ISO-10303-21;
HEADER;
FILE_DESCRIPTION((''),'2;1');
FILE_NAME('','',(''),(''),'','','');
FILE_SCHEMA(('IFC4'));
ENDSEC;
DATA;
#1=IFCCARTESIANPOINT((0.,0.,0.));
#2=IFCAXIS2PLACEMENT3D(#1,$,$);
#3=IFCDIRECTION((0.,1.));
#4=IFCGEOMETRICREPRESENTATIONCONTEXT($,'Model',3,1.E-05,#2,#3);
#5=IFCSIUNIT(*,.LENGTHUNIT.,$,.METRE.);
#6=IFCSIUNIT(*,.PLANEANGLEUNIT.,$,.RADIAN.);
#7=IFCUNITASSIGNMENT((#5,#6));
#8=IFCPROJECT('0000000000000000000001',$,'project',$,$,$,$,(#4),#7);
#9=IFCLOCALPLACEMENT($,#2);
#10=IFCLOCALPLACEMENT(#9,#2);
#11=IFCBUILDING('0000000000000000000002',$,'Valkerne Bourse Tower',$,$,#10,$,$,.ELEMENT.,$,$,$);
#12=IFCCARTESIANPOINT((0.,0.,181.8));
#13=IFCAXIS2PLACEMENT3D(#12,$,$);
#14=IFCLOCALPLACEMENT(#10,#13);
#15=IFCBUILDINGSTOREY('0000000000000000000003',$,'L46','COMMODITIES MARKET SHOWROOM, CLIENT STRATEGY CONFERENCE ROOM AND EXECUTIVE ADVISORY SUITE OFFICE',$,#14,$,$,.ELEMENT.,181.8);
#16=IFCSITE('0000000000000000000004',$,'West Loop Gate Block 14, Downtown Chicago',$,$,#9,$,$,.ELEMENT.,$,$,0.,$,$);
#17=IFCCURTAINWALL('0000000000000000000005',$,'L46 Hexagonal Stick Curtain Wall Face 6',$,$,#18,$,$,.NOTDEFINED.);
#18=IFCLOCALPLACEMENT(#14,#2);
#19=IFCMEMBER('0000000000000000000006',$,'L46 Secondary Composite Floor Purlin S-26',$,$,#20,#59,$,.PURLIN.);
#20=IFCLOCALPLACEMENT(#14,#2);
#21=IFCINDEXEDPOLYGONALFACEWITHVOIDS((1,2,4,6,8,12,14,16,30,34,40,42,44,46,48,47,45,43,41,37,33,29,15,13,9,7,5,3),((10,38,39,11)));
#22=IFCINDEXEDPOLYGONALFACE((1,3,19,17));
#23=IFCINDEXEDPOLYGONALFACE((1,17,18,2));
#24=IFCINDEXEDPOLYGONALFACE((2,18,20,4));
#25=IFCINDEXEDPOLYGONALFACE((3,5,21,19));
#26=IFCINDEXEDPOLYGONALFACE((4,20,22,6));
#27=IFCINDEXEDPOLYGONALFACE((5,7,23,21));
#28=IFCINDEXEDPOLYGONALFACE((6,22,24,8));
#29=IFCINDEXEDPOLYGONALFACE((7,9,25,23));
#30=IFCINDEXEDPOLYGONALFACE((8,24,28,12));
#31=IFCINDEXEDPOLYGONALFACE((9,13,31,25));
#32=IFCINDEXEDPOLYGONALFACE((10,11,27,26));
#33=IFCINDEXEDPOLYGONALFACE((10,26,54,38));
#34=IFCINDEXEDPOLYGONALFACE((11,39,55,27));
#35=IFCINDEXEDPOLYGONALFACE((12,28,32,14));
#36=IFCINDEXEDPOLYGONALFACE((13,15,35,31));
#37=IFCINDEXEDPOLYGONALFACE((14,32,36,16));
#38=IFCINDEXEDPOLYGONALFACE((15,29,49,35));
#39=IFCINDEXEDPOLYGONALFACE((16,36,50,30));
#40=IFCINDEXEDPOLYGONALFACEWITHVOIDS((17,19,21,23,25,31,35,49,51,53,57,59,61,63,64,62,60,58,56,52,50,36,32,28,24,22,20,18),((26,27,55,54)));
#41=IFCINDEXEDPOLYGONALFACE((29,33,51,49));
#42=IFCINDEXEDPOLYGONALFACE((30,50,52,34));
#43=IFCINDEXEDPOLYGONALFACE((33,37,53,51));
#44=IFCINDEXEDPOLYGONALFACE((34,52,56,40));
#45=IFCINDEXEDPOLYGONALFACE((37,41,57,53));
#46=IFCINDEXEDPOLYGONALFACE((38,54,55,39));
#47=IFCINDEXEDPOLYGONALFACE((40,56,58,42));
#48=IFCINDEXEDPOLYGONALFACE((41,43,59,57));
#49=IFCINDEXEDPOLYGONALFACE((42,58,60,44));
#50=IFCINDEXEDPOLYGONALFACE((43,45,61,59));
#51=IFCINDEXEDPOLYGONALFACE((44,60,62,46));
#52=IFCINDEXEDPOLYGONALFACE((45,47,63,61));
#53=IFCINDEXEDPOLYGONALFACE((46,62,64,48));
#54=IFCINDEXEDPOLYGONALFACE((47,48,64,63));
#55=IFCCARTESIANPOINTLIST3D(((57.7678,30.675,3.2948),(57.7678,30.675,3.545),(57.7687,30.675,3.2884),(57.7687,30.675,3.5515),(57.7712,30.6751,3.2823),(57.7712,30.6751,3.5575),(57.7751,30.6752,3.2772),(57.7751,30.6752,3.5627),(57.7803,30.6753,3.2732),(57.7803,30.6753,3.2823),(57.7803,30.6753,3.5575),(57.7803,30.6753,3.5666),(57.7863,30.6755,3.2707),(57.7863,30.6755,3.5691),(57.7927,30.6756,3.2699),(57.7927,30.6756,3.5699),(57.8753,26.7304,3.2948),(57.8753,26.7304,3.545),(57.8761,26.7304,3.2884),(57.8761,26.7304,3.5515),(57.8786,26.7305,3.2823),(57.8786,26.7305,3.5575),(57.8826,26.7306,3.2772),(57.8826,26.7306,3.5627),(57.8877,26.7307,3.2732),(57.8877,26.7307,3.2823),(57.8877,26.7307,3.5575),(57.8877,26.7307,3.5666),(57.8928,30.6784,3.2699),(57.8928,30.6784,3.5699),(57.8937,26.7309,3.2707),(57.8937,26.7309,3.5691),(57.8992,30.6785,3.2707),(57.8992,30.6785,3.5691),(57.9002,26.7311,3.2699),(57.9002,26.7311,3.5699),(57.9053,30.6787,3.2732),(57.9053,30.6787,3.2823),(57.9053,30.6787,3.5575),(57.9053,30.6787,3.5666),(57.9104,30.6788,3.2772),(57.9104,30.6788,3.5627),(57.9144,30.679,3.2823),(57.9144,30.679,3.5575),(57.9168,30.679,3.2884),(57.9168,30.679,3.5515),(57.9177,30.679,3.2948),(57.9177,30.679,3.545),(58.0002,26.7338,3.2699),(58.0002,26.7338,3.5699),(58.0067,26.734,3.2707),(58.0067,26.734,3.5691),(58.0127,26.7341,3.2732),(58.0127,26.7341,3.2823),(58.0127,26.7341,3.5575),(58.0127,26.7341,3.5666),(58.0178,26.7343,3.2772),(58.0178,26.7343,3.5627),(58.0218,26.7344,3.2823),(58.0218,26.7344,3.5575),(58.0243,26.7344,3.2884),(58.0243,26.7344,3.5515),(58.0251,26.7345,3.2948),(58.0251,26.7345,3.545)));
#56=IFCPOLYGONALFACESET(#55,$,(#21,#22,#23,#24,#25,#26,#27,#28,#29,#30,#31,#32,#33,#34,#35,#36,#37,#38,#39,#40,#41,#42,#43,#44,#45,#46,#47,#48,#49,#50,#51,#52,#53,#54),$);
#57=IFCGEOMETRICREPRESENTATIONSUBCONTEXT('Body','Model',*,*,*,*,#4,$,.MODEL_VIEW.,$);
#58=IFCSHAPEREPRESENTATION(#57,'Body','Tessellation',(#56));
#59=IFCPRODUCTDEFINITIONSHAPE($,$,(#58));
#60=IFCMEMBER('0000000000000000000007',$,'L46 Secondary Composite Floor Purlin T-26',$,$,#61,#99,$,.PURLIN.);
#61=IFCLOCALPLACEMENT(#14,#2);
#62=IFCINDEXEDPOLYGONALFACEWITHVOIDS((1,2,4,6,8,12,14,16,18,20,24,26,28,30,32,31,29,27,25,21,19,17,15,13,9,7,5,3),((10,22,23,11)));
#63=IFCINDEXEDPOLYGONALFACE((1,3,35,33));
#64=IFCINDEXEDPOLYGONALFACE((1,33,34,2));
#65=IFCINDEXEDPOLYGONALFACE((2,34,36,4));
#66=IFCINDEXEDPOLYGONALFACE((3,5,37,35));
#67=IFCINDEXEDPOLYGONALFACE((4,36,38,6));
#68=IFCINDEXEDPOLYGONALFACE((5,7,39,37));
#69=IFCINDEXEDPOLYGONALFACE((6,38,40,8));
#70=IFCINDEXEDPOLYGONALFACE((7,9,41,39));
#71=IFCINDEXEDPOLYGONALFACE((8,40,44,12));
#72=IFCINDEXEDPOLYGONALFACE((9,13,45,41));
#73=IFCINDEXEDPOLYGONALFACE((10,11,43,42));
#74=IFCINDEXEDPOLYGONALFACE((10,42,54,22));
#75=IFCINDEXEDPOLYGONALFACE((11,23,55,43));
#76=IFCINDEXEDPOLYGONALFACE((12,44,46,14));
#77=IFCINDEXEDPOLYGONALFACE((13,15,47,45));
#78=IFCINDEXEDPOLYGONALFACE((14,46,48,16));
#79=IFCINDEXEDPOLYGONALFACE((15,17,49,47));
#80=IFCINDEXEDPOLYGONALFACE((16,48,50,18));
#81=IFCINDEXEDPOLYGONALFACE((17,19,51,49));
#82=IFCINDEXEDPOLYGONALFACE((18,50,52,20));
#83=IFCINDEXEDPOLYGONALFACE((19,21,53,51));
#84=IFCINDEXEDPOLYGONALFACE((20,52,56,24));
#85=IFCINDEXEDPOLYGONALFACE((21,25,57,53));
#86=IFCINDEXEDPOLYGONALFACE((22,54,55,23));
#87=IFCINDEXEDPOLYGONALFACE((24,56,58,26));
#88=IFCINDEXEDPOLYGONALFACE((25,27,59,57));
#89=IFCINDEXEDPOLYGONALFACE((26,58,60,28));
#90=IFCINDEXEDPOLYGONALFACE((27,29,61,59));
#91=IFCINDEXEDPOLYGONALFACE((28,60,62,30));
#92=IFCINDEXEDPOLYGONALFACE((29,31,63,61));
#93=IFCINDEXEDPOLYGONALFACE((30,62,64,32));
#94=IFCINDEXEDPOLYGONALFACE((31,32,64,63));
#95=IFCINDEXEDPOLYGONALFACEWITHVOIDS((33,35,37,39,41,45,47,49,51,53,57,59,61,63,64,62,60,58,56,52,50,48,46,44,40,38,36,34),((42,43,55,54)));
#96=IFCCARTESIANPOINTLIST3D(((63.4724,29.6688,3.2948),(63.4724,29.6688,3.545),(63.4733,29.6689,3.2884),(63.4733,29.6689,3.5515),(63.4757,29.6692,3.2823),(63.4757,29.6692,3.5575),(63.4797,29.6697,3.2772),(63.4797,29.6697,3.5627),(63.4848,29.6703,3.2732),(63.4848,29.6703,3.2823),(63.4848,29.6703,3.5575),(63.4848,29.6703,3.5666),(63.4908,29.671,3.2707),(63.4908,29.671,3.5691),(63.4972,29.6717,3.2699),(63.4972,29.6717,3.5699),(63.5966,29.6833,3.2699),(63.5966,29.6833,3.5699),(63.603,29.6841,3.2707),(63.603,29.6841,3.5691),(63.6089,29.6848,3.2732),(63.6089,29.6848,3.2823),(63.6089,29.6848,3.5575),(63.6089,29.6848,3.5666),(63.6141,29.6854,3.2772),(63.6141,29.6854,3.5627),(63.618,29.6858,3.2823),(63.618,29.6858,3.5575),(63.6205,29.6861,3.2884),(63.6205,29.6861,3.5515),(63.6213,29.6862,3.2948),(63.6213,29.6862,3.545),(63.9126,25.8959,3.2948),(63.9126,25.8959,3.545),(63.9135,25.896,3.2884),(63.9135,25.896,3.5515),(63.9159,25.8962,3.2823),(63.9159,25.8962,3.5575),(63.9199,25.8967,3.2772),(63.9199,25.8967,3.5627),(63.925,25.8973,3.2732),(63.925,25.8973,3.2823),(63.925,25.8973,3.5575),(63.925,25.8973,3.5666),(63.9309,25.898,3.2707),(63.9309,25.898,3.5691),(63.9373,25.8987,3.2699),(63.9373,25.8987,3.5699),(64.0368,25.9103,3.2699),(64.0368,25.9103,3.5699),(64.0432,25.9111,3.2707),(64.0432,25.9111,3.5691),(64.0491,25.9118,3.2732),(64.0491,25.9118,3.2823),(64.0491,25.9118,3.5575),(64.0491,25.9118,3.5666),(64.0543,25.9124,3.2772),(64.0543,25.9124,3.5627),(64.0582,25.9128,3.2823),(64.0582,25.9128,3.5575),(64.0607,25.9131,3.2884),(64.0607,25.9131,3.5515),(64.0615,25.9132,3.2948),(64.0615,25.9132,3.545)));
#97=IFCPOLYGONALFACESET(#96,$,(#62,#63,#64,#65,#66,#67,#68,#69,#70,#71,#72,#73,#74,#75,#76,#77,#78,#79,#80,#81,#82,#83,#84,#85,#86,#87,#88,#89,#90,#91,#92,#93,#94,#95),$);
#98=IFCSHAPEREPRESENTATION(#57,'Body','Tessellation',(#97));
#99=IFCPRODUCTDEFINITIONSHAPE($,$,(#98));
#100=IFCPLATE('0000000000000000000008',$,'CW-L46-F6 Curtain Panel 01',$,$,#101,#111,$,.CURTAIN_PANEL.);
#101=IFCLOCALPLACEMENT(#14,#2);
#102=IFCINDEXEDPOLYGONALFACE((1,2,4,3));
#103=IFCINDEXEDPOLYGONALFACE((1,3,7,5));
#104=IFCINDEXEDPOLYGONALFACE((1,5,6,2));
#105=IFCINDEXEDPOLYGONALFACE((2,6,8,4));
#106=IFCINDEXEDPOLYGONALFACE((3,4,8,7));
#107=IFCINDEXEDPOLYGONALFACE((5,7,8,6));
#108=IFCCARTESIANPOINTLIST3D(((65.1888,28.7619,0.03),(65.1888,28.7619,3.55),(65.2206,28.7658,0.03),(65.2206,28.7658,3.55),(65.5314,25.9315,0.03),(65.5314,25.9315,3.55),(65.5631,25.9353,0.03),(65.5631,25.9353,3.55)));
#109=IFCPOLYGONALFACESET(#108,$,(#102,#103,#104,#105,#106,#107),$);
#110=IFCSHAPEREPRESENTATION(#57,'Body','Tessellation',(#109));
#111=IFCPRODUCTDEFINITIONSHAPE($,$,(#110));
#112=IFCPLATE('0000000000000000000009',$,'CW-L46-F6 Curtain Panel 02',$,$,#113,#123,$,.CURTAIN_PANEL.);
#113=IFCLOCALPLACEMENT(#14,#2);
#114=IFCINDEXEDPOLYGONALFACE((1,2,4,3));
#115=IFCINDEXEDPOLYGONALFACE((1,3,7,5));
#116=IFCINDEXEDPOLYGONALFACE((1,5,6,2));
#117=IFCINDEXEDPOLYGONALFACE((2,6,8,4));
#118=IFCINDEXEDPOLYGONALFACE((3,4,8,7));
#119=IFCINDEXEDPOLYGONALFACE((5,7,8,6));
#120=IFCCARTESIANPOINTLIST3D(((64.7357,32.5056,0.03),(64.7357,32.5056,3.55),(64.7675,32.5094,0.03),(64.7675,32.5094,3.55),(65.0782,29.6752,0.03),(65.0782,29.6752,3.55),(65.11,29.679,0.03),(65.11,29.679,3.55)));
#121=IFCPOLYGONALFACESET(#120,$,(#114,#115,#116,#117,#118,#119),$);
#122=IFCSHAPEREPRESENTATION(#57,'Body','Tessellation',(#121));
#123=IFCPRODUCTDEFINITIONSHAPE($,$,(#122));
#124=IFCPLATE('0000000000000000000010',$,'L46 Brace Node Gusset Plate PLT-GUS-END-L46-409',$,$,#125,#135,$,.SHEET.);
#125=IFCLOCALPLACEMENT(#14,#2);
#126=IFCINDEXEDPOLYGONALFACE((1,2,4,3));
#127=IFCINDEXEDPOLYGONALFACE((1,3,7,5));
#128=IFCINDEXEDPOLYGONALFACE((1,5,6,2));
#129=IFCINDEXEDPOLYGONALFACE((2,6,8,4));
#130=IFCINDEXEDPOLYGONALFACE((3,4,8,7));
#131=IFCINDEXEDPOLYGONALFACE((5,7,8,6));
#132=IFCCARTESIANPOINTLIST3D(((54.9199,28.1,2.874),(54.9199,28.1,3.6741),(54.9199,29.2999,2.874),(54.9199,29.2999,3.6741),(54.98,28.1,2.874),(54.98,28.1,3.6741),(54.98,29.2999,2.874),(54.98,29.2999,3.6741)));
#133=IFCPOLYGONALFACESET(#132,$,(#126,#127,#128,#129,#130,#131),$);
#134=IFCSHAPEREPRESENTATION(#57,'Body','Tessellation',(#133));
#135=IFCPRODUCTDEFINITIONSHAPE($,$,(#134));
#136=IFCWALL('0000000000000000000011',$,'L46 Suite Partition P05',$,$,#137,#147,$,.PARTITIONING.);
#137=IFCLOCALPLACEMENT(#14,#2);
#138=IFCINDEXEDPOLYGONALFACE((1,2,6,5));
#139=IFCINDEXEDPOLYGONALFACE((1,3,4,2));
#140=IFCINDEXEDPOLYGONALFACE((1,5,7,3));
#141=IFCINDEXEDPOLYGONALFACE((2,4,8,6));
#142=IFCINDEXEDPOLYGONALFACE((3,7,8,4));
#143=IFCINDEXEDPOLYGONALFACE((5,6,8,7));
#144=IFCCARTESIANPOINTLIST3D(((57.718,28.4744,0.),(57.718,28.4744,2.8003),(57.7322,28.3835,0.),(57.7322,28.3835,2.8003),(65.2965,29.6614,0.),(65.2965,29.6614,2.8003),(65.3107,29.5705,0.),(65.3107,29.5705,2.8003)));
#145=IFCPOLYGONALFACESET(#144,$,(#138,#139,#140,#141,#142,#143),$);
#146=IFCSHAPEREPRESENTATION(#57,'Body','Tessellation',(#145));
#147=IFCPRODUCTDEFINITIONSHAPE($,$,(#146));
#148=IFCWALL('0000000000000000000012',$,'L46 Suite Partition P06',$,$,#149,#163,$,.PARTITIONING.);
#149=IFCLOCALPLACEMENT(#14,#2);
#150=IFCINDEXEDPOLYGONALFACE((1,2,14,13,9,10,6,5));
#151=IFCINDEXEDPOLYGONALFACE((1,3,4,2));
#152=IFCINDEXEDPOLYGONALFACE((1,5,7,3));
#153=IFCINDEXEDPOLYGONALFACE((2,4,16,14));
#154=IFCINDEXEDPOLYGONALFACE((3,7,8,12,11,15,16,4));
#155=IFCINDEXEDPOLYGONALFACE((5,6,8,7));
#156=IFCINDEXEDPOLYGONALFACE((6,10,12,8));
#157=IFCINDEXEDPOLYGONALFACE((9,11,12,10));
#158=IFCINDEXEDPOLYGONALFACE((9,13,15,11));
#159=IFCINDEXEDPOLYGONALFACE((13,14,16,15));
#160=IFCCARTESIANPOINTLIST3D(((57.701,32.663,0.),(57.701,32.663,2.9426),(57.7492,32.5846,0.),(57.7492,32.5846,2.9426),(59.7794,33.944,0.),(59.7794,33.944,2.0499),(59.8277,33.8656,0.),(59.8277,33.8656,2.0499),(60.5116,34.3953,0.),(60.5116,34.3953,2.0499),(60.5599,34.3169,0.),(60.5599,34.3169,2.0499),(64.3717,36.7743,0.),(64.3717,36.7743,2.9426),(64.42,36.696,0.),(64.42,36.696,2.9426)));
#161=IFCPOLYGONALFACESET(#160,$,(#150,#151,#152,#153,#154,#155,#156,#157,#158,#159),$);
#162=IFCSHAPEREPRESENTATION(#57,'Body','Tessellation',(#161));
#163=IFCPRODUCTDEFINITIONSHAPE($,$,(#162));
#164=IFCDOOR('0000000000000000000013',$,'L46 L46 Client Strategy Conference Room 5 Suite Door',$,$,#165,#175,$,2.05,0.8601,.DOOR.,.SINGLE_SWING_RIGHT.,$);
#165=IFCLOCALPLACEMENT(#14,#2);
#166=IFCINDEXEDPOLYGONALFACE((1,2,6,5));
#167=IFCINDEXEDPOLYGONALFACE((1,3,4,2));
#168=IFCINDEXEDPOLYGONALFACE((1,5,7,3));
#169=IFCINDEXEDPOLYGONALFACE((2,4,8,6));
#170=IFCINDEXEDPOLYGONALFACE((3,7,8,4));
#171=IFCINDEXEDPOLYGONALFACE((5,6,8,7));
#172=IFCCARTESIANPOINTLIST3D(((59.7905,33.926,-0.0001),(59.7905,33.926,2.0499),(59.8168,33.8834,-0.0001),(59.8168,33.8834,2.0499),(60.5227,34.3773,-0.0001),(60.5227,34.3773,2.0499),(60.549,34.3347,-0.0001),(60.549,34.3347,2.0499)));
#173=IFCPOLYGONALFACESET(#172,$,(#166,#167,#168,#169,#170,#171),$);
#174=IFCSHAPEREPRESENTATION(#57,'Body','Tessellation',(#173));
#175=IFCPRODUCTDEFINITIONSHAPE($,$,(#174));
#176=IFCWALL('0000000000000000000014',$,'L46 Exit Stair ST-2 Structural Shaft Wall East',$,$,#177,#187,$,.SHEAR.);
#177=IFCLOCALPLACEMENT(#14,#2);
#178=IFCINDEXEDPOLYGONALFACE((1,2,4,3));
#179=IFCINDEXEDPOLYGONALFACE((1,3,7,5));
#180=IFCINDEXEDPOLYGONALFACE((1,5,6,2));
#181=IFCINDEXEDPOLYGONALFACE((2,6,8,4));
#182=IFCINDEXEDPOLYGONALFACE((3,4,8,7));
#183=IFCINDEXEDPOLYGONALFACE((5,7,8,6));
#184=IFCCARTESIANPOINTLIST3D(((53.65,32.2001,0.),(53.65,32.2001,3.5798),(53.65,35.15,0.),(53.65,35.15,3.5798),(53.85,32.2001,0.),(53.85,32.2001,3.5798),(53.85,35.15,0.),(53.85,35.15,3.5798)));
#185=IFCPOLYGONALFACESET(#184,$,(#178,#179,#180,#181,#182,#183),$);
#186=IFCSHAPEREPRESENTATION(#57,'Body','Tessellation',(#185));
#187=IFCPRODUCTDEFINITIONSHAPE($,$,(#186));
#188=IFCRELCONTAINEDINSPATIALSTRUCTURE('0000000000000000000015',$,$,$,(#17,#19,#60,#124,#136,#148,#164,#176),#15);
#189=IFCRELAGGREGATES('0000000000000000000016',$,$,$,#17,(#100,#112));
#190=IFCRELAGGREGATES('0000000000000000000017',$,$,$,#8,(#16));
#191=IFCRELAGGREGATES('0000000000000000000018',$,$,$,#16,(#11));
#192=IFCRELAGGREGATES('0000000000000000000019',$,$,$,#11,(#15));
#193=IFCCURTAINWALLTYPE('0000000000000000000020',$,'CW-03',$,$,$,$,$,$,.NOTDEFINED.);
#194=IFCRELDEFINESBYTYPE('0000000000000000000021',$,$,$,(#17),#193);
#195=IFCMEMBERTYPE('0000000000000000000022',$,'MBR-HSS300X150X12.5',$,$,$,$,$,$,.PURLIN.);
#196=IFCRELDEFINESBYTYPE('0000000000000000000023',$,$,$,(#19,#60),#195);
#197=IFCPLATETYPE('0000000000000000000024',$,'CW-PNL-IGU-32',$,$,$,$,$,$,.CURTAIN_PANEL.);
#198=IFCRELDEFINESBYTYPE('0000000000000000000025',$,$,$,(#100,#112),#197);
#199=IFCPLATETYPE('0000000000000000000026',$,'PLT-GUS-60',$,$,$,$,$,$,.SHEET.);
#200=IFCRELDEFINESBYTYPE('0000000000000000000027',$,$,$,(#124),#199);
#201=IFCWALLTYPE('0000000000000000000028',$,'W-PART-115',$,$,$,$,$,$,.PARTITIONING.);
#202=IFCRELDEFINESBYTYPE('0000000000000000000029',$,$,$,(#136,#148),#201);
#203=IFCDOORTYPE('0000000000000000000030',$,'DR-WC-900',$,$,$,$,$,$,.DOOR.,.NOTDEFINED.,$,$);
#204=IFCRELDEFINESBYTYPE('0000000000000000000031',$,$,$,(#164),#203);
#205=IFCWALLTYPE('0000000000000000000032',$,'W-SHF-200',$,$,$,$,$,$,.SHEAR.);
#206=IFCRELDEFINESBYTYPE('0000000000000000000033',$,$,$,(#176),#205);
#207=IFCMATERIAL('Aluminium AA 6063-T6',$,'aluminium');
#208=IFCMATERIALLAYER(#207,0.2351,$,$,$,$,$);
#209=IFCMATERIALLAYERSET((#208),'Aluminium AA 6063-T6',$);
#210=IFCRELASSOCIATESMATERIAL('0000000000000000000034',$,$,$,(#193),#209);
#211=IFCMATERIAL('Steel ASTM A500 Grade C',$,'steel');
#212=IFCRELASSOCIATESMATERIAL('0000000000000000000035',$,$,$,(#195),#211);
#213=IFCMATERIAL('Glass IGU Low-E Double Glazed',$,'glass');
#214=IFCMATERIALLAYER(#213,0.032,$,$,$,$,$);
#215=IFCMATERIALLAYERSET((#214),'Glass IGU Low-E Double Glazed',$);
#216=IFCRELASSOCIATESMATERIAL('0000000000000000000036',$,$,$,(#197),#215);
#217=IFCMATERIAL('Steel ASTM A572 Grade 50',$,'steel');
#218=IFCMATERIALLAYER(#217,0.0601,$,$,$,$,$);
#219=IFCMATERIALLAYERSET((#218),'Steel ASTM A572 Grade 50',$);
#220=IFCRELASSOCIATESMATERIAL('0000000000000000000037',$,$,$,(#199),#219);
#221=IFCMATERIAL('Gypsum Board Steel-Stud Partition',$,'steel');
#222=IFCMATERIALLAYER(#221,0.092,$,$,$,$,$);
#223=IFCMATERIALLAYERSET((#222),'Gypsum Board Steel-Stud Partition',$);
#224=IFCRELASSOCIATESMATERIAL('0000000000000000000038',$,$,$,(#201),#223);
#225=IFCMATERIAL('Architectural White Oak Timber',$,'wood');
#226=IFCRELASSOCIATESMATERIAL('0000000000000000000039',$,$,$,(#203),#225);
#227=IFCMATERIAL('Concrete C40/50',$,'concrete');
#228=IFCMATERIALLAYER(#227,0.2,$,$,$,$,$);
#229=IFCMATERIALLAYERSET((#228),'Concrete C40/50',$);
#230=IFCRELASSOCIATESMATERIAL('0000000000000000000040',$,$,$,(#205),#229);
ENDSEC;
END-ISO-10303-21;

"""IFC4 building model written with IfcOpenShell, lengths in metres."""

from ifc_helpers import new_model, si_unit, direction, frame, frame_2d, origin, origin_2d, place, context, subcontext, project, spatial, rectangle, hollow_rectangle, extrude, material, layer, layer_set, material_profile, profile_set, type_object, element, fill, aggregate, save


model = new_model("IFC4")

# Units and contexts
model_context = context("Model", 3, precision=1e-05, world=origin(), true_north=direction((0.0, 1.0)))
body_context = subcontext(model_context, "Body", "Model", "MODEL_VIEW")
ifc_project = project(units=[si_unit("LENGTHUNIT", "METRE"), si_unit("PLANEANGLEUNIT", "RADIAN")], contexts=[model_context])

# Site, building, storey
site_placement = place(None, origin())
site = spatial("IfcSite", under=ifc_project, at=site_placement, Name="West Loop Gate Block 14, Downtown Chicago", CompositionType="ELEMENT", RefElevation=0.0)
building_placement = place(site_placement, origin())
building = spatial("IfcBuilding", under=site, at=building_placement, Name="Valkerne Bourse Tower", CompositionType="ELEMENT")
storey_placement = place(building_placement, frame((0.0, 0.0, 181.8)))
storey = spatial("IfcBuildingStorey", under=building, at=storey_placement, Name="L46", Description="COMMODITIES MARKET SHOWROOM, CLIENT STRATEGY CONFERENCE ROOM AND EXECUTIVE ADVISORY SUITE OFFICE", CompositionType="ELEMENT", Elevation=181.8)

# Curtain wall
ifc_material_1 = material(Name="Aluminium AA 6063-T6", Category="aluminium")
ifc_layer_1 = layer(ifc_material_1, 0.2351)
ifc_layer_set_1 = layer_set([ifc_layer_1], Name="Aluminium AA 6063-T6")
curtain_wall_type = type_object("IfcCurtainWallType", Name="CW-03", PredefinedType="NOTDEFINED", material=ifc_layer_set_1)
curtain_wall_placement = place(storey_placement, origin())
curtain_wall = element("IfcCurtainWall", 1, at=curtain_wall_placement, inside=storey, type_object=curtain_wall_type, Name="L46 Hexagonal Stick Curtain Wall Face 6", PredefinedType="NOTDEFINED")

# Members
ifc_material_2 = material(Name="Steel ASTM A500 Grade C", Category="steel")
ifc_material_profile_1 = material_profile(ifc_material_2, hollow_rectangle(XDim=0.1499, YDim=0.3, WallThickness=0.0125, OuterFilletRadius=0.0249, at=origin_2d()), Name="HSS300X150X12.5")
ifc_profile_set_1 = profile_set([ifc_material_profile_1], Name="Steel ASTM A500 Grade C")
member_type_1 = type_object("IfcMemberType", Name="MBR-HSS300X150X12.5", PredefinedType="PURLIN", material=ifc_profile_set_1)
member_1_placement = place(storey_placement, frame((57.9502, 26.7324, 3.4199), z_axis=(-0.027223, 0.999629, 0.0), x_axis=(-0.999629, -0.027223, 0.0)))
element("IfcMember", 2, at=member_1_placement, inside=storey, type_object=member_type_1, Name="L46 Secondary Composite Floor Purlin S-26", PredefinedType="PURLIN", context=body_context, shape_type="SweptSolid", body=[
    extrude(hollow_rectangle(XDim=0.1499, YDim=0.3, WallThickness=0.0125, OuterFilletRadius=0.0249, at=origin_2d()), origin(), (0.0, 0.0, 1.0), 3.946),
])
member_2_placement = place(storey_placement, frame((63.9871, 25.9045, 3.4199), z_axis=(-0.115883, 0.993263, 0.0), x_axis=(-0.993263, -0.115883, 0.0)))
element("IfcMember", 3, at=member_2_placement, inside=storey, type_object=member_type_1, Name="L46 Secondary Composite Floor Purlin T-26", PredefinedType="PURLIN", context=body_context, shape_type="SweptSolid", body=[
    extrude(hollow_rectangle(XDim=0.1499, YDim=0.3, WallThickness=0.0125, OuterFilletRadius=0.0249, at=origin_2d()), origin(), (0.0, 0.0, 1.0), 3.7986),
])

# Plates
ifc_material_3 = material(Name="Glass IGU Low-E Double Glazed", Category="glass")
ifc_layer_2 = layer(ifc_material_3, 0.032)
ifc_layer_set_2 = layer_set([ifc_layer_2], Name="Glass IGU Low-E Double Glazed")
plate_type_1 = type_object("IfcPlateType", Name="CW-PNL-IGU-32", PredefinedType="CURTAIN_PANEL", material=ifc_layer_set_2)
plate_1_placement = place(storey_placement, frame((65.376, 27.3486, 0.03), z_axis=(0.0, 0.0, 1.0), x_axis=(-0.120153, 0.992755, 0.0)))
plate_1 = element("IfcPlate", 4, at=plate_1_placement, type_object=plate_type_1, Name="CW-L46-F6 Curtain Panel 01", PredefinedType="CURTAIN_PANEL", context=body_context, shape_type="SweptSolid", body=[
    extrude(rectangle(XDim=2.8511, YDim=0.032, at=origin_2d()), origin(), (0.0, 0.0, 1.0), 3.52),
])
plate_2_placement = place(storey_placement, frame((64.9229, 31.0923, 0.03), z_axis=(0.0, 0.0, 1.0), x_axis=(-0.120127, 0.992759, 0.0)))
plate_2 = element("IfcPlate", 5, at=plate_2_placement, type_object=plate_type_1, Name="CW-L46-F6 Curtain Panel 02", PredefinedType="CURTAIN_PANEL", context=body_context, shape_type="SweptSolid", body=[
    extrude(rectangle(XDim=2.8511, YDim=0.032, at=origin_2d()), origin(), (0.0, 0.0, 1.0), 3.52),
])
aggregate(curtain_wall, [plate_1, plate_2])
ifc_material_4 = material(Name="Steel ASTM A572 Grade 50", Category="steel")
ifc_layer_3 = layer(ifc_material_4, 0.0601)
ifc_layer_set_3 = layer_set([ifc_layer_3], Name="Steel ASTM A572 Grade 50")
plate_type_2 = type_object("IfcPlateType", Name="PLT-GUS-60", PredefinedType="SHEET", material=ifc_layer_set_3)
plate_3_placement = place(storey_placement, frame((54.95, 28.7, 2.874), z_axis=(0.0, 0.0, 1.0), x_axis=(0.0, 1.0, 0.0)))
element("IfcPlate", 6, at=plate_3_placement, inside=storey, type_object=plate_type_2, Name="L46 Brace Node Gusset Plate PLT-GUS-END-L46-409", PredefinedType="SHEET", context=body_context, shape_type="SweptSolid", body=[
    extrude(rectangle(XDim=1.2, YDim=0.0601, at=origin_2d()), origin(), (0.0, 0.0, 1.0), 0.8),
])

# Wall
ifc_material_5 = material(Name="Gypsum Board Steel-Stud Partition", Category="steel")
ifc_layer_4 = layer(ifc_material_5, 0.092)
ifc_layer_set_4 = layer_set([ifc_layer_4], Name="Gypsum Board Steel-Stud Partition")
wall_type_1 = type_object("IfcWallType", Name="W-PART-115", PredefinedType="PARTITIONING", material=ifc_layer_set_4)
wall_1_placement = place(storey_placement, frame((57.7251, 28.429, 0.0), z_axis=(0.0, 0.0, 1.0), x_axis=(0.987955, 0.15474, 0.0)))
element("IfcWall", 7, at=wall_1_placement, inside=storey, type_object=wall_type_1, Name="L46 Suite Partition P05", PredefinedType="PARTITIONING", context=body_context, shape_type="SweptSolid", body=[
    extrude(rectangle(XDim=7.6709, YDim=0.092, at=frame_2d((3.8354, 0.0))), origin(), (0.0, 0.0, 1.0), 2.8003),
])

# Wall, opening, door
wall_2_placement = place(storey_placement, frame((57.7251, 32.6238, 0.0), z_axis=(0.0, 0.0, 1.0), x_axis=(0.851299, 0.524681, 0.0)))
wall_2 = element("IfcWall", 8, at=wall_2_placement, inside=storey, type_object=wall_type_1, Name="L46 Suite Partition P06", PredefinedType="PARTITIONING", context=body_context, shape_type="SweptSolid", body=[
    extrude(rectangle(XDim=7.8359, YDim=0.092, at=frame_2d((3.918, 0.0))), origin(), (0.0, 0.0, 1.0), 2.9426),
])
opening_placement = place(wall_2_placement, frame((2.4414, 0.0, 0.0)))
opening = element("IfcOpeningElement", 9, at=opening_placement, cuts=wall_2, PredefinedType="OPENING", context=body_context, shape_type="SweptSolid", body=[
    extrude(rectangle(XDim=0.8601, YDim=2.05, at=frame_2d((0.4302, 1.0249))), frame((0.0, 0.0559, 0.0), z_axis=(0.0, -1.0, 0.0), x_axis=(1.0, 0.0, 0.0)), (0.0, 0.0, 1.0), 0.1121),
])
ifc_material_6 = material(Name="Architectural White Oak Timber", Category="wood")
door_type = type_object("IfcDoorType", Name="DR-WC-900", OperationType="NOTDEFINED", PredefinedType="DOOR", material=ifc_material_6)
door_placement = place(opening_placement, origin())
door = element("IfcDoor", 10, at=door_placement, inside=storey, type_object=door_type, Name="L46 L46 Client Strategy Conference Room 5 Suite Door", OperationType="SINGLE_SWING_RIGHT", OverallHeight=2.05, OverallWidth=0.8601, PredefinedType="DOOR", context=body_context, shape_type="SweptSolid", body=[
    extrude(rectangle(XDim=0.8601, YDim=2.05, at=frame_2d((0.4302, 1.0249))), frame((0.0, 0.0249, 0.0), z_axis=(0.0, -1.0, 0.0), x_axis=(1.0, 0.0, 0.0)), (0.0, 0.0, 1.0), 0.05),
])
fill(opening, door)

# Wall
ifc_material_7 = material(Name="Concrete C40/50", Category="concrete")
ifc_layer_5 = layer(ifc_material_7, 0.2)
ifc_layer_set_5 = layer_set([ifc_layer_5], Name="Concrete C40/50")
wall_type_2 = type_object("IfcWallType", Name="W-SHF-200", PredefinedType="SHEAR", material=ifc_layer_set_5)
wall_3_placement = place(storey_placement, frame((53.75, 32.2, 0.0), z_axis=(0.0, 0.0, 1.0), x_axis=(0.0, 1.0, 0.0)))
element("IfcWall", 11, at=wall_3_placement, inside=storey, type_object=wall_type_2, Name="L46 Exit Stair ST-2 Structural Shaft Wall East", PredefinedType="SHEAR", context=body_context, shape_type="SweptSolid", body=[
    extrude(rectangle(XDim=2.95, YDim=0.2, at=frame_2d((1.4751, 0.0))), origin(), (0.0, 0.0, 1.0), 3.5798),
])

save(model, "model.ifc")
